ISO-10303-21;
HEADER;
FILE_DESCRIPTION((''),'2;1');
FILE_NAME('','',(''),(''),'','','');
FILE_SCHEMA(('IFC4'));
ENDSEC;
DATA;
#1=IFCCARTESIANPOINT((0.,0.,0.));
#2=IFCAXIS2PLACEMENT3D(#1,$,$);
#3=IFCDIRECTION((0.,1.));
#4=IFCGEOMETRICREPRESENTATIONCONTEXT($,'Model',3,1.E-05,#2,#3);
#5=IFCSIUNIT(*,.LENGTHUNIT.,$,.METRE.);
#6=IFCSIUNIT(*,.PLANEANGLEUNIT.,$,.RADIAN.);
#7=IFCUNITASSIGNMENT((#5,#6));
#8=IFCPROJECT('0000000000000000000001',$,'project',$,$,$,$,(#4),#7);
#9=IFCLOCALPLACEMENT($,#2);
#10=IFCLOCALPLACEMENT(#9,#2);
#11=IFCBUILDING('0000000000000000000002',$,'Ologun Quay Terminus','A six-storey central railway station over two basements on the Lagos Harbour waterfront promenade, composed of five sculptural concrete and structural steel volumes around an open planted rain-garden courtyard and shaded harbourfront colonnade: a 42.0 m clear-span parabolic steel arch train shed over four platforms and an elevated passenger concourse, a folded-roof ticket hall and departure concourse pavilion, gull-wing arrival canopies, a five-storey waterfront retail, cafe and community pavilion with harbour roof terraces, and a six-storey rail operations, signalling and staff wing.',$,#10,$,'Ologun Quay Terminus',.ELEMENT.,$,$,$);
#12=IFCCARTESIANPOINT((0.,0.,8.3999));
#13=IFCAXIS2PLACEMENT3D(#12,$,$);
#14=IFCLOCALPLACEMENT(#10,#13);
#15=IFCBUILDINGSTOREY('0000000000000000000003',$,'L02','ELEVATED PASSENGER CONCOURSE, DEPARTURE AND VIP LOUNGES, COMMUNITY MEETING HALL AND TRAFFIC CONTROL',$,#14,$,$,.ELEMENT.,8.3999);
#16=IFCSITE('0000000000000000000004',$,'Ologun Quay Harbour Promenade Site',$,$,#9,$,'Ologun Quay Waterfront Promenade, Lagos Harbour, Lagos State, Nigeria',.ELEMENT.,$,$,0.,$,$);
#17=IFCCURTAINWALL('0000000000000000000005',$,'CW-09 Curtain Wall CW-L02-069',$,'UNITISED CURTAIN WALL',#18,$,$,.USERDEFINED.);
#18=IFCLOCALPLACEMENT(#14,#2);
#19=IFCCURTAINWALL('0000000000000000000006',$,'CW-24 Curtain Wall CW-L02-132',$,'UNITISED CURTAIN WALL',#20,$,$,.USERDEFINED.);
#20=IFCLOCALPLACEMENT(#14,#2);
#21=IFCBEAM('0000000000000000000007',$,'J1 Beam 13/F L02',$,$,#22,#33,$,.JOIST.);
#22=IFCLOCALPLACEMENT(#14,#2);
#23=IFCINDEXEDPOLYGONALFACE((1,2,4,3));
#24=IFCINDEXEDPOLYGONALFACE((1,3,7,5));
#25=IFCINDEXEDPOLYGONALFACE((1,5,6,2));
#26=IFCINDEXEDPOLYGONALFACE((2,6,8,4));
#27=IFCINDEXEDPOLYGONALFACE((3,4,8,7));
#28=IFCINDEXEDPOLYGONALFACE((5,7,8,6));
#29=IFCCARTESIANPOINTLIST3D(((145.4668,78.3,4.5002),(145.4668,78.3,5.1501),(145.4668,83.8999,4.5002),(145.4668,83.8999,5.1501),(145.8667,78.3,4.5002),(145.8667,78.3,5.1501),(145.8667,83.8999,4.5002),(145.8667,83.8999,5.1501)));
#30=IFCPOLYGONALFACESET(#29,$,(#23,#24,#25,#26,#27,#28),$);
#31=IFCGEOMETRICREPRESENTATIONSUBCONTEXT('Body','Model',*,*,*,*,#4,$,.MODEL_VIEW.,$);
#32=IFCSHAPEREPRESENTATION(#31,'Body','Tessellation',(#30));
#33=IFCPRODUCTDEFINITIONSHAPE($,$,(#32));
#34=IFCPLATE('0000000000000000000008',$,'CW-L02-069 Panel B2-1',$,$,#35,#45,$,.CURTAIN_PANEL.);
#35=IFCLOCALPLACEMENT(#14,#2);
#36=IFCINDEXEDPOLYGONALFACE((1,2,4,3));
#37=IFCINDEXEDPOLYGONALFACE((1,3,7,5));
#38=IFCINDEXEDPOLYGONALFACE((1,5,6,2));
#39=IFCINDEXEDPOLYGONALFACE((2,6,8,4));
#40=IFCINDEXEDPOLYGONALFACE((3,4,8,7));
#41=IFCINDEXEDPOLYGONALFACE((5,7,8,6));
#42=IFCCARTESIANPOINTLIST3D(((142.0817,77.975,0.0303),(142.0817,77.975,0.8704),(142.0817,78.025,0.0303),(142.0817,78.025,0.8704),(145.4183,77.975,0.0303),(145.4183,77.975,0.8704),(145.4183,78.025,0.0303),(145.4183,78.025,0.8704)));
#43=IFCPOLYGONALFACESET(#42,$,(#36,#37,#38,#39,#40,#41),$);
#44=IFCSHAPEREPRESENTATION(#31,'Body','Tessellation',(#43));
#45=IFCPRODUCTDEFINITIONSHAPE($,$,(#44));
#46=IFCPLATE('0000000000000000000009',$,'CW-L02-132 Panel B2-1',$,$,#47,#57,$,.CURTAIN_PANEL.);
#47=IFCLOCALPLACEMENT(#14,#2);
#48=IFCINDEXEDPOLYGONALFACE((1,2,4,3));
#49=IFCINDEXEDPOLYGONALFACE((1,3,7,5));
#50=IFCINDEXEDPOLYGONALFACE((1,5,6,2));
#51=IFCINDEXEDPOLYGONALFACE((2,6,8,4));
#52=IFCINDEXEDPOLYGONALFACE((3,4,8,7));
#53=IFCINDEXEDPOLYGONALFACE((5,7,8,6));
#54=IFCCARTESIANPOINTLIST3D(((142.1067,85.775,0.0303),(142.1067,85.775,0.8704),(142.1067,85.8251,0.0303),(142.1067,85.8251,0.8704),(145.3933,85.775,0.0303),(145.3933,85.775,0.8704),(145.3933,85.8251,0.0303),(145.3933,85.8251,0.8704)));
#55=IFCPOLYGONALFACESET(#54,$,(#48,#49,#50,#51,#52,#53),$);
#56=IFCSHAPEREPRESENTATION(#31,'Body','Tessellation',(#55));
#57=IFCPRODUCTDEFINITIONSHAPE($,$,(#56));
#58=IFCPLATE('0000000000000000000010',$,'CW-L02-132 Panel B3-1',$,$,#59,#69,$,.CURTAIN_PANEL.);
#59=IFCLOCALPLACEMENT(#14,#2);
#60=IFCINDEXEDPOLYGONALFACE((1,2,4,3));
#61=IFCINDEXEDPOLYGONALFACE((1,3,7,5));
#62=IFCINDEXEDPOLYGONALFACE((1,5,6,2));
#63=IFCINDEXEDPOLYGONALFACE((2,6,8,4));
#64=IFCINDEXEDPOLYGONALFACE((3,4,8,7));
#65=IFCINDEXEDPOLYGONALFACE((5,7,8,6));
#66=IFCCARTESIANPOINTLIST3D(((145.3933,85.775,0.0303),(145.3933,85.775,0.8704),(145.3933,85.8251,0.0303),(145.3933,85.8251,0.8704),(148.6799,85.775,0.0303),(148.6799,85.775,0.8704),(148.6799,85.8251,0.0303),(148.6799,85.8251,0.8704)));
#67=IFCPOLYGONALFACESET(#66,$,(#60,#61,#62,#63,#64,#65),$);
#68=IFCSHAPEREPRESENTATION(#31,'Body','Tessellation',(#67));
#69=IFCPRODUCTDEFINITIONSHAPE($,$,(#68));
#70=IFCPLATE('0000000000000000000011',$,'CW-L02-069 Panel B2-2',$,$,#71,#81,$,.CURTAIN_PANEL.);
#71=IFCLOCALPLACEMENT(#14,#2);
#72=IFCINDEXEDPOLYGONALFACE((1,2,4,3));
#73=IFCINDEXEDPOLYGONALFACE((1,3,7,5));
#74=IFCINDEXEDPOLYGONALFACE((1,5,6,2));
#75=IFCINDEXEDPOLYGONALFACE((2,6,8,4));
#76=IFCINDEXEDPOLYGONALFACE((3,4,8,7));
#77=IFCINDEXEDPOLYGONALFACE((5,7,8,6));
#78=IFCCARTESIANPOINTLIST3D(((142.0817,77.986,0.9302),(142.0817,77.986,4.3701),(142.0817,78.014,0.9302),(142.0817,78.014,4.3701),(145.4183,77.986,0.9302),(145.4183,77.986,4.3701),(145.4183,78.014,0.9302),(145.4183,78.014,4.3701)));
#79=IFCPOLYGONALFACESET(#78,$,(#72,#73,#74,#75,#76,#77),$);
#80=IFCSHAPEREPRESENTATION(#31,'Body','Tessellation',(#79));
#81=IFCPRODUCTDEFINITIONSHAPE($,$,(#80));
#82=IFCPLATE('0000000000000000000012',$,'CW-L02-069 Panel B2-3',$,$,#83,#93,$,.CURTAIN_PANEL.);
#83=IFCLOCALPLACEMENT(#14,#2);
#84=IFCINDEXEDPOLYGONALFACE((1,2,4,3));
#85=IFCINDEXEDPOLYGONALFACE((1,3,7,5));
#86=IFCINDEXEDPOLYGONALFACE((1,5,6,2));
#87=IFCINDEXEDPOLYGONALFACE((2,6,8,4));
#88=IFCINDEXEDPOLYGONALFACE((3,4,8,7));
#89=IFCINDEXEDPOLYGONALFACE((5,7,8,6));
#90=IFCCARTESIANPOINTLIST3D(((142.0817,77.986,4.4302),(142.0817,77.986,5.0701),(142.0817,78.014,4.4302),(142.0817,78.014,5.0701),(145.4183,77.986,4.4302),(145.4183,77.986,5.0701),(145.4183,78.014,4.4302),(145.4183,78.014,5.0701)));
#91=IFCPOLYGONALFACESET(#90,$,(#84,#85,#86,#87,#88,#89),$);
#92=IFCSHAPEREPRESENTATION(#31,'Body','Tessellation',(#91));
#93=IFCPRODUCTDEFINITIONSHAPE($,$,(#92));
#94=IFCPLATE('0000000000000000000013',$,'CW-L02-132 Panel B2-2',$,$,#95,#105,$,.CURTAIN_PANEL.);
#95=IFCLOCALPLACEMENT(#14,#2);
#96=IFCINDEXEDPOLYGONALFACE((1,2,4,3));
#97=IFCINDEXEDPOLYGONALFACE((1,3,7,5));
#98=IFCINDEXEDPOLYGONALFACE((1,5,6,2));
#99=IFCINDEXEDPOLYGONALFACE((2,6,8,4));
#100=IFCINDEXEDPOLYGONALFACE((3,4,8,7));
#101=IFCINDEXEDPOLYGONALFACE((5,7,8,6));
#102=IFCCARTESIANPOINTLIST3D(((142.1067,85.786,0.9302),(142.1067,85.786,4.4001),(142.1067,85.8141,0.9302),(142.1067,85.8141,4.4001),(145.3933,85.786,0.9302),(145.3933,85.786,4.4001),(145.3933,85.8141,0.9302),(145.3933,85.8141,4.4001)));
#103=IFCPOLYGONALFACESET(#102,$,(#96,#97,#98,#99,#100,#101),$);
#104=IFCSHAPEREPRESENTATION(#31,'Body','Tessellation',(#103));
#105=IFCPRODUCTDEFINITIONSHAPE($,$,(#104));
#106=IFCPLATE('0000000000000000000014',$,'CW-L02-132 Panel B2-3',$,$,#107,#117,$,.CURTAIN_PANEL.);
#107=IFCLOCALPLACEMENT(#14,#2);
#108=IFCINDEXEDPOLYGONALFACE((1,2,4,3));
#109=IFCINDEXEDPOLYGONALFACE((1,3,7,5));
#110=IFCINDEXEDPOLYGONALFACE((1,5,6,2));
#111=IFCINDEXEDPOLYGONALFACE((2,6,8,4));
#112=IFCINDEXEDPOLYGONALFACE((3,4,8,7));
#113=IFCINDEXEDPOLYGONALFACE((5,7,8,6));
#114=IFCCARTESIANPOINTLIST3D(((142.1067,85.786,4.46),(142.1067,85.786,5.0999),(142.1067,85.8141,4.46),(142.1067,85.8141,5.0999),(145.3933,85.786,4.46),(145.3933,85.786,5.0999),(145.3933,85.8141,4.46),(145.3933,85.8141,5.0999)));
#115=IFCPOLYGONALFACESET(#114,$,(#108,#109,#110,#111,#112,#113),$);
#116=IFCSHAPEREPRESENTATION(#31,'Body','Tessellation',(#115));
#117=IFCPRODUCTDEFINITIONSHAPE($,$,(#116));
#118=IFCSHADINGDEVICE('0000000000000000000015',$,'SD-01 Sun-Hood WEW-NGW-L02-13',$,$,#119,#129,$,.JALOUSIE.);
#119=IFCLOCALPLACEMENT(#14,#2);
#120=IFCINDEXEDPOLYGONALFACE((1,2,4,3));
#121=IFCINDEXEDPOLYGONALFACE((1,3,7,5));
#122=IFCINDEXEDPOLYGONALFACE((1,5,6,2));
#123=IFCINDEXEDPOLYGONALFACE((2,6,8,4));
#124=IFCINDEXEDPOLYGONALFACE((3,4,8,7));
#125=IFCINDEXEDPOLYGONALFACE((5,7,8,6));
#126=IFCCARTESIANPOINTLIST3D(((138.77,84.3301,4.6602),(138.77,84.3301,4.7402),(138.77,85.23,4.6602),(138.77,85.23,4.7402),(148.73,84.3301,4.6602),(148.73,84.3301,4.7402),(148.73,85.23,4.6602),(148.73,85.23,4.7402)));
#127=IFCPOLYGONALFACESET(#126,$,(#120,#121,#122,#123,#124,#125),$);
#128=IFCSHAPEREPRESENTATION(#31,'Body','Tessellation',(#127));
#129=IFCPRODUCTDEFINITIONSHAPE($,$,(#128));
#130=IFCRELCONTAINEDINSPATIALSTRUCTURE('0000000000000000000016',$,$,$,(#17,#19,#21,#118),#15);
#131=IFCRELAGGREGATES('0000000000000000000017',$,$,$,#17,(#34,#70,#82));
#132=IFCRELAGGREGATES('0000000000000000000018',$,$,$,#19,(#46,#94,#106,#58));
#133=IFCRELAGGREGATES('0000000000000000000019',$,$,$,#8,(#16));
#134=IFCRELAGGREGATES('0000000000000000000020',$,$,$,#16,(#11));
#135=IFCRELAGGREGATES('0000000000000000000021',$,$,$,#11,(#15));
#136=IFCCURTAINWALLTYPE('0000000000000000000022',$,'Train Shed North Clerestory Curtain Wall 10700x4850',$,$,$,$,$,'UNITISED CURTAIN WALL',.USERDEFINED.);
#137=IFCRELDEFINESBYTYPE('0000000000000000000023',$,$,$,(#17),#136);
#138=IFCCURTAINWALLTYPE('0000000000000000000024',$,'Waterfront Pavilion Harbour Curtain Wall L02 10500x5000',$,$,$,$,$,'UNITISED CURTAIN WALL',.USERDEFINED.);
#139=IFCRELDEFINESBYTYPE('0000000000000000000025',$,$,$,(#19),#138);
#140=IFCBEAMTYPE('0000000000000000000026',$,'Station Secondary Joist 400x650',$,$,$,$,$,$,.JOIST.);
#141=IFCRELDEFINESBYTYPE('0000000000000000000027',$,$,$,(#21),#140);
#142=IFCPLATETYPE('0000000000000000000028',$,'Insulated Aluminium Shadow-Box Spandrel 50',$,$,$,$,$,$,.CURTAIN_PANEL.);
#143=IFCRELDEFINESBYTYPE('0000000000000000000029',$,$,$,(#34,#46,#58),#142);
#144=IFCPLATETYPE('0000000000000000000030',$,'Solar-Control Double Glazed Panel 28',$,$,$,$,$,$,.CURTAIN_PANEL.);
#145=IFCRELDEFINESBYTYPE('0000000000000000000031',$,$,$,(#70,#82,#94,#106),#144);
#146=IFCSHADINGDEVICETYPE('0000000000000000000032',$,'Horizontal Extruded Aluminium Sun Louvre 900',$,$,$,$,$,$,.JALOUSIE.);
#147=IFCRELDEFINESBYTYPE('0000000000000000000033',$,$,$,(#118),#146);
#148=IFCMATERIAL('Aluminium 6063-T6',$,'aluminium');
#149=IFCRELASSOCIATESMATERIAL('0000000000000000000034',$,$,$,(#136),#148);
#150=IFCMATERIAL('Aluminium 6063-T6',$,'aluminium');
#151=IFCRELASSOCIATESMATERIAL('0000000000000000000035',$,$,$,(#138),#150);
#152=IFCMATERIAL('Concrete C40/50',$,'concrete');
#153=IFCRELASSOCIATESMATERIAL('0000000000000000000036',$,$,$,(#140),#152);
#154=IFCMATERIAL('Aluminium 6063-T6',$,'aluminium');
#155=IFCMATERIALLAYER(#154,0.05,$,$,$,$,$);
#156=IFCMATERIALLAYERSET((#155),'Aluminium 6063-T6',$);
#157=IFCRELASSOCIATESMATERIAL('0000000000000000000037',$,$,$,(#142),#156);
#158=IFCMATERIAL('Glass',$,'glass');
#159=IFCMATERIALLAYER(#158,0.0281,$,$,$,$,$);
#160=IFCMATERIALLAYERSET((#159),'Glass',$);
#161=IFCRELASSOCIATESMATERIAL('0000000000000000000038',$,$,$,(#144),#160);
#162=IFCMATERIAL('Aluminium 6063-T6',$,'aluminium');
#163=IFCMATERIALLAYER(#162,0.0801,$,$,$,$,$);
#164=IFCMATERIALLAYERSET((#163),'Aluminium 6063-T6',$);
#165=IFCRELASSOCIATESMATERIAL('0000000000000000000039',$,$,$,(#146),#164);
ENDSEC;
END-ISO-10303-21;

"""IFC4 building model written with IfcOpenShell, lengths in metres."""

from ifc_helpers import new_model, si_unit, direction, frame, origin, origin_2d, place, context, subcontext, project, spatial, rectangle, extrude, material, layer, layer_set, material_profile, profile_set, type_object, element, aggregate, save


model = new_model("IFC4")

# Units and contexts
model_context = context("Model", 3, precision=1e-05, world=origin(), true_north=direction((0.0, 1.0)))
body_context = subcontext(model_context, "Body", "Model", "MODEL_VIEW")
ifc_project = project(units=[si_unit("LENGTHUNIT", "METRE"), si_unit("PLANEANGLEUNIT", "RADIAN")], contexts=[model_context])

# Site, building, storey
site_placement = place(None, origin())
site = spatial("IfcSite", under=ifc_project, at=site_placement, Name="Ologun Quay Harbour Promenade Site", LongName="Ologun Quay Waterfront Promenade, Lagos Harbour, Lagos State, Nigeria", CompositionType="ELEMENT", RefElevation=0.0)
building_placement = place(site_placement, origin())
building = spatial("IfcBuilding", under=site, at=building_placement, Name="Ologun Quay Terminus", Description="A six-storey central railway station over two basements on the Lagos Harbour waterfront promenade, composed of five sculptural concrete and structural steel volumes around an open planted rain-garden courtyard and shaded harbourfront colonnade: a 42.0 m clear-span parabolic steel arch train shed over four platforms and an elevated passenger concourse, a folded-roof ticket hall and departure concourse pavilion, gull-wing arrival canopies, a five-storey waterfront retail, cafe and community pavilion with harbour roof terraces, and a six-storey rail operations, signalling and staff wing.", LongName="Ologun Quay Terminus", CompositionType="ELEMENT")
storey_placement = place(building_placement, frame((0.0, 0.0, 8.3999)))
storey = spatial("IfcBuildingStorey", under=building, at=storey_placement, Name="L02", Description="ELEVATED PASSENGER CONCOURSE, DEPARTURE AND VIP LOUNGES, COMMUNITY MEETING HALL AND TRAFFIC CONTROL", CompositionType="ELEMENT", Elevation=8.3999)

# Curtain walls
ifc_material_1 = material(Name="Aluminium 6063-T6", Category="aluminium")
curtain_wall_type_1 = type_object("IfcCurtainWallType", Name="Train Shed North Clerestory Curtain Wall 10700x4850", ElementType="UNITISED CURTAIN WALL", PredefinedType="USERDEFINED", material=ifc_material_1)
curtain_wall_1_placement = place(storey_placement, origin())
curtain_wall_1 = element("IfcCurtainWall", 1, at=curtain_wall_1_placement, inside=storey, type_object=curtain_wall_type_1, Name="CW-09 Curtain Wall CW-L02-069", ObjectType="UNITISED CURTAIN WALL", PredefinedType="USERDEFINED")
ifc_material_2 = material(Name="Aluminium 6063-T6", Category="aluminium")
curtain_wall_type_2 = type_object("IfcCurtainWallType", Name="Waterfront Pavilion Harbour Curtain Wall L02 10500x5000", ElementType="UNITISED CURTAIN WALL", PredefinedType="USERDEFINED", material=ifc_material_2)
curtain_wall_2_placement = place(storey_placement, origin())
curtain_wall_2 = element("IfcCurtainWall", 2, at=curtain_wall_2_placement, inside=storey, type_object=curtain_wall_type_2, Name="CW-24 Curtain Wall CW-L02-132", ObjectType="UNITISED CURTAIN WALL", PredefinedType="USERDEFINED")

# Beam
ifc_material_3 = material(Name="Concrete C40/50", Category="concrete")
ifc_material_profile_1 = material_profile(ifc_material_3, rectangle(XDim=0.3999, YDim=0.6499, at=origin_2d()), Name="RC 400x650")
ifc_profile_set_1 = profile_set([ifc_material_profile_1], Name="Concrete C40/50")
beam_type = type_object("IfcBeamType", Name="Station Secondary Joist 400x650", PredefinedType="JOIST", material=ifc_profile_set_1)
beam_placement = place(storey_placement, frame((145.6667, 78.3, 4.8252), z_axis=(0.0, 1.0, 0.0), x_axis=(-1.0, 0.0, 0.0)))
element("IfcBeam", 3, at=beam_placement, inside=storey, type_object=beam_type, Name="J1 Beam 13/F L02", PredefinedType="JOIST", context=body_context, shape_type="SweptSolid", body=[
    extrude(rectangle(XDim=0.3999, YDim=0.6499, at=origin_2d()), origin(), (0.0, 0.0, 1.0), 5.5999),
])

# Plates
ifc_material_4 = material(Name="Aluminium 6063-T6", Category="aluminium")
ifc_layer_1 = layer(ifc_material_4, 0.05)
ifc_layer_set_1 = layer_set([ifc_layer_1], Name="Aluminium 6063-T6")
plate_type_1 = type_object("IfcPlateType", Name="Insulated Aluminium Shadow-Box Spandrel 50", PredefinedType="CURTAIN_PANEL", material=ifc_layer_set_1)
plate_1_placement = place(storey_placement, frame((143.75, 78.0, 0.0303), z_axis=(0.0, 0.0, 1.0), x_axis=(1.0, 0.0, 0.0)))
plate_1 = element("IfcPlate", 4, at=plate_1_placement, type_object=plate_type_1, Name="CW-L02-069 Panel B2-1", PredefinedType="CURTAIN_PANEL", context=body_context, shape_type="SweptSolid", body=[
    extrude(rectangle(XDim=3.3367, YDim=0.05, at=origin_2d()), origin(), (0.0, 0.0, 1.0), 0.8401),
])
plate_2_placement = place(storey_placement, frame((143.75, 85.8, 0.0303), z_axis=(0.0, 0.0, 1.0), x_axis=(1.0, 0.0, 0.0)))
plate_2 = element("IfcPlate", 5, at=plate_2_placement, type_object=plate_type_1, Name="CW-L02-132 Panel B2-1", PredefinedType="CURTAIN_PANEL", context=body_context, shape_type="SweptSolid", body=[
    extrude(rectangle(XDim=3.2866, YDim=0.05, at=origin_2d()), origin(), (0.0, 0.0, 1.0), 0.8401),
])
plate_3_placement = place(storey_placement, frame((147.0366, 85.8, 0.0303), z_axis=(0.0, 0.0, 1.0), x_axis=(1.0, 0.0, 0.0)))
plate_3 = element("IfcPlate", 6, at=plate_3_placement, type_object=plate_type_1, Name="CW-L02-132 Panel B3-1", PredefinedType="CURTAIN_PANEL", context=body_context, shape_type="SweptSolid", body=[
    extrude(rectangle(XDim=3.2866, YDim=0.05, at=origin_2d()), origin(), (0.0, 0.0, 1.0), 0.8401),
])
ifc_material_5 = material(Name="Glass", Category="glass")
ifc_layer_2 = layer(ifc_material_5, 0.0281)
ifc_layer_set_2 = layer_set([ifc_layer_2], Name="Glass")
plate_type_2 = type_object("IfcPlateType", Name="Solar-Control Double Glazed Panel 28", PredefinedType="CURTAIN_PANEL", material=ifc_layer_set_2)
plate_4_placement = place(storey_placement, frame((143.75, 78.0, 0.9302), z_axis=(0.0, 0.0, 1.0), x_axis=(1.0, 0.0, 0.0)))
plate_4 = element("IfcPlate", 7, at=plate_4_placement, type_object=plate_type_2, Name="CW-L02-069 Panel B2-2", PredefinedType="CURTAIN_PANEL", context=body_context, shape_type="SweptSolid", body=[
    extrude(rectangle(XDim=3.3367, YDim=0.0281, at=origin_2d()), origin(), (0.0, 0.0, 1.0), 3.4399),
])
plate_5_placement = place(storey_placement, frame((143.75, 78.0, 4.4302), z_axis=(0.0, 0.0, 1.0), x_axis=(1.0, 0.0, 0.0)))
plate_5 = element("IfcPlate", 8, at=plate_5_placement, type_object=plate_type_2, Name="CW-L02-069 Panel B2-3", PredefinedType="CURTAIN_PANEL", context=body_context, shape_type="SweptSolid", body=[
    extrude(rectangle(XDim=3.3367, YDim=0.0281, at=origin_2d()), origin(), (0.0, 0.0, 1.0), 0.6399),
])
aggregate(curtain_wall_1, [plate_1, plate_4, plate_5])
plate_6_placement = place(storey_placement, frame((143.75, 85.8, 0.9302), z_axis=(0.0, 0.0, 1.0), x_axis=(1.0, 0.0, 0.0)))
plate_6 = element("IfcPlate", 9, at=plate_6_placement, type_object=plate_type_2, Name="CW-L02-132 Panel B2-2", PredefinedType="CURTAIN_PANEL", context=body_context, shape_type="SweptSolid", body=[
    extrude(rectangle(XDim=3.2866, YDim=0.0281, at=origin_2d()), origin(), (0.0, 0.0, 1.0), 3.47),
])
plate_7_placement = place(storey_placement, frame((143.75, 85.8, 4.46), z_axis=(0.0, 0.0, 1.0), x_axis=(1.0, 0.0, 0.0)))
plate_7 = element("IfcPlate", 10, at=plate_7_placement, type_object=plate_type_2, Name="CW-L02-132 Panel B2-3", PredefinedType="CURTAIN_PANEL", context=body_context, shape_type="SweptSolid", body=[
    extrude(rectangle(XDim=3.2866, YDim=0.0281, at=origin_2d()), origin(), (0.0, 0.0, 1.0), 0.6399),
])
aggregate(curtain_wall_2, [plate_2, plate_6, plate_7, plate_3])

# Shading device
ifc_material_6 = material(Name="Aluminium 6063-T6", Category="aluminium")
ifc_layer_3 = layer(ifc_material_6, 0.0801)
ifc_layer_set_3 = layer_set([ifc_layer_3], Name="Aluminium 6063-T6")
shading_device_type = type_object("IfcShadingDeviceType", Name="Horizontal Extruded Aluminium Sun Louvre 900", PredefinedType="JALOUSIE", material=ifc_layer_set_3)
shading_device_placement = place(storey_placement, frame((143.75, 84.78, 4.6602), z_axis=(0.0, 0.0, 1.0), x_axis=(1.0, 0.0, 0.0)))
element("IfcShadingDevice", 11, at=shading_device_placement, inside=storey, type_object=shading_device_type, Name="SD-01 Sun-Hood WEW-NGW-L02-13", PredefinedType="JALOUSIE", context=body_context, shape_type="SweptSolid", body=[
    extrude(rectangle(XDim=9.96, YDim=0.8999, at=origin_2d()), origin(), (0.0, 0.0, 1.0), 0.0801),
])

save(model, "model.ifc")
